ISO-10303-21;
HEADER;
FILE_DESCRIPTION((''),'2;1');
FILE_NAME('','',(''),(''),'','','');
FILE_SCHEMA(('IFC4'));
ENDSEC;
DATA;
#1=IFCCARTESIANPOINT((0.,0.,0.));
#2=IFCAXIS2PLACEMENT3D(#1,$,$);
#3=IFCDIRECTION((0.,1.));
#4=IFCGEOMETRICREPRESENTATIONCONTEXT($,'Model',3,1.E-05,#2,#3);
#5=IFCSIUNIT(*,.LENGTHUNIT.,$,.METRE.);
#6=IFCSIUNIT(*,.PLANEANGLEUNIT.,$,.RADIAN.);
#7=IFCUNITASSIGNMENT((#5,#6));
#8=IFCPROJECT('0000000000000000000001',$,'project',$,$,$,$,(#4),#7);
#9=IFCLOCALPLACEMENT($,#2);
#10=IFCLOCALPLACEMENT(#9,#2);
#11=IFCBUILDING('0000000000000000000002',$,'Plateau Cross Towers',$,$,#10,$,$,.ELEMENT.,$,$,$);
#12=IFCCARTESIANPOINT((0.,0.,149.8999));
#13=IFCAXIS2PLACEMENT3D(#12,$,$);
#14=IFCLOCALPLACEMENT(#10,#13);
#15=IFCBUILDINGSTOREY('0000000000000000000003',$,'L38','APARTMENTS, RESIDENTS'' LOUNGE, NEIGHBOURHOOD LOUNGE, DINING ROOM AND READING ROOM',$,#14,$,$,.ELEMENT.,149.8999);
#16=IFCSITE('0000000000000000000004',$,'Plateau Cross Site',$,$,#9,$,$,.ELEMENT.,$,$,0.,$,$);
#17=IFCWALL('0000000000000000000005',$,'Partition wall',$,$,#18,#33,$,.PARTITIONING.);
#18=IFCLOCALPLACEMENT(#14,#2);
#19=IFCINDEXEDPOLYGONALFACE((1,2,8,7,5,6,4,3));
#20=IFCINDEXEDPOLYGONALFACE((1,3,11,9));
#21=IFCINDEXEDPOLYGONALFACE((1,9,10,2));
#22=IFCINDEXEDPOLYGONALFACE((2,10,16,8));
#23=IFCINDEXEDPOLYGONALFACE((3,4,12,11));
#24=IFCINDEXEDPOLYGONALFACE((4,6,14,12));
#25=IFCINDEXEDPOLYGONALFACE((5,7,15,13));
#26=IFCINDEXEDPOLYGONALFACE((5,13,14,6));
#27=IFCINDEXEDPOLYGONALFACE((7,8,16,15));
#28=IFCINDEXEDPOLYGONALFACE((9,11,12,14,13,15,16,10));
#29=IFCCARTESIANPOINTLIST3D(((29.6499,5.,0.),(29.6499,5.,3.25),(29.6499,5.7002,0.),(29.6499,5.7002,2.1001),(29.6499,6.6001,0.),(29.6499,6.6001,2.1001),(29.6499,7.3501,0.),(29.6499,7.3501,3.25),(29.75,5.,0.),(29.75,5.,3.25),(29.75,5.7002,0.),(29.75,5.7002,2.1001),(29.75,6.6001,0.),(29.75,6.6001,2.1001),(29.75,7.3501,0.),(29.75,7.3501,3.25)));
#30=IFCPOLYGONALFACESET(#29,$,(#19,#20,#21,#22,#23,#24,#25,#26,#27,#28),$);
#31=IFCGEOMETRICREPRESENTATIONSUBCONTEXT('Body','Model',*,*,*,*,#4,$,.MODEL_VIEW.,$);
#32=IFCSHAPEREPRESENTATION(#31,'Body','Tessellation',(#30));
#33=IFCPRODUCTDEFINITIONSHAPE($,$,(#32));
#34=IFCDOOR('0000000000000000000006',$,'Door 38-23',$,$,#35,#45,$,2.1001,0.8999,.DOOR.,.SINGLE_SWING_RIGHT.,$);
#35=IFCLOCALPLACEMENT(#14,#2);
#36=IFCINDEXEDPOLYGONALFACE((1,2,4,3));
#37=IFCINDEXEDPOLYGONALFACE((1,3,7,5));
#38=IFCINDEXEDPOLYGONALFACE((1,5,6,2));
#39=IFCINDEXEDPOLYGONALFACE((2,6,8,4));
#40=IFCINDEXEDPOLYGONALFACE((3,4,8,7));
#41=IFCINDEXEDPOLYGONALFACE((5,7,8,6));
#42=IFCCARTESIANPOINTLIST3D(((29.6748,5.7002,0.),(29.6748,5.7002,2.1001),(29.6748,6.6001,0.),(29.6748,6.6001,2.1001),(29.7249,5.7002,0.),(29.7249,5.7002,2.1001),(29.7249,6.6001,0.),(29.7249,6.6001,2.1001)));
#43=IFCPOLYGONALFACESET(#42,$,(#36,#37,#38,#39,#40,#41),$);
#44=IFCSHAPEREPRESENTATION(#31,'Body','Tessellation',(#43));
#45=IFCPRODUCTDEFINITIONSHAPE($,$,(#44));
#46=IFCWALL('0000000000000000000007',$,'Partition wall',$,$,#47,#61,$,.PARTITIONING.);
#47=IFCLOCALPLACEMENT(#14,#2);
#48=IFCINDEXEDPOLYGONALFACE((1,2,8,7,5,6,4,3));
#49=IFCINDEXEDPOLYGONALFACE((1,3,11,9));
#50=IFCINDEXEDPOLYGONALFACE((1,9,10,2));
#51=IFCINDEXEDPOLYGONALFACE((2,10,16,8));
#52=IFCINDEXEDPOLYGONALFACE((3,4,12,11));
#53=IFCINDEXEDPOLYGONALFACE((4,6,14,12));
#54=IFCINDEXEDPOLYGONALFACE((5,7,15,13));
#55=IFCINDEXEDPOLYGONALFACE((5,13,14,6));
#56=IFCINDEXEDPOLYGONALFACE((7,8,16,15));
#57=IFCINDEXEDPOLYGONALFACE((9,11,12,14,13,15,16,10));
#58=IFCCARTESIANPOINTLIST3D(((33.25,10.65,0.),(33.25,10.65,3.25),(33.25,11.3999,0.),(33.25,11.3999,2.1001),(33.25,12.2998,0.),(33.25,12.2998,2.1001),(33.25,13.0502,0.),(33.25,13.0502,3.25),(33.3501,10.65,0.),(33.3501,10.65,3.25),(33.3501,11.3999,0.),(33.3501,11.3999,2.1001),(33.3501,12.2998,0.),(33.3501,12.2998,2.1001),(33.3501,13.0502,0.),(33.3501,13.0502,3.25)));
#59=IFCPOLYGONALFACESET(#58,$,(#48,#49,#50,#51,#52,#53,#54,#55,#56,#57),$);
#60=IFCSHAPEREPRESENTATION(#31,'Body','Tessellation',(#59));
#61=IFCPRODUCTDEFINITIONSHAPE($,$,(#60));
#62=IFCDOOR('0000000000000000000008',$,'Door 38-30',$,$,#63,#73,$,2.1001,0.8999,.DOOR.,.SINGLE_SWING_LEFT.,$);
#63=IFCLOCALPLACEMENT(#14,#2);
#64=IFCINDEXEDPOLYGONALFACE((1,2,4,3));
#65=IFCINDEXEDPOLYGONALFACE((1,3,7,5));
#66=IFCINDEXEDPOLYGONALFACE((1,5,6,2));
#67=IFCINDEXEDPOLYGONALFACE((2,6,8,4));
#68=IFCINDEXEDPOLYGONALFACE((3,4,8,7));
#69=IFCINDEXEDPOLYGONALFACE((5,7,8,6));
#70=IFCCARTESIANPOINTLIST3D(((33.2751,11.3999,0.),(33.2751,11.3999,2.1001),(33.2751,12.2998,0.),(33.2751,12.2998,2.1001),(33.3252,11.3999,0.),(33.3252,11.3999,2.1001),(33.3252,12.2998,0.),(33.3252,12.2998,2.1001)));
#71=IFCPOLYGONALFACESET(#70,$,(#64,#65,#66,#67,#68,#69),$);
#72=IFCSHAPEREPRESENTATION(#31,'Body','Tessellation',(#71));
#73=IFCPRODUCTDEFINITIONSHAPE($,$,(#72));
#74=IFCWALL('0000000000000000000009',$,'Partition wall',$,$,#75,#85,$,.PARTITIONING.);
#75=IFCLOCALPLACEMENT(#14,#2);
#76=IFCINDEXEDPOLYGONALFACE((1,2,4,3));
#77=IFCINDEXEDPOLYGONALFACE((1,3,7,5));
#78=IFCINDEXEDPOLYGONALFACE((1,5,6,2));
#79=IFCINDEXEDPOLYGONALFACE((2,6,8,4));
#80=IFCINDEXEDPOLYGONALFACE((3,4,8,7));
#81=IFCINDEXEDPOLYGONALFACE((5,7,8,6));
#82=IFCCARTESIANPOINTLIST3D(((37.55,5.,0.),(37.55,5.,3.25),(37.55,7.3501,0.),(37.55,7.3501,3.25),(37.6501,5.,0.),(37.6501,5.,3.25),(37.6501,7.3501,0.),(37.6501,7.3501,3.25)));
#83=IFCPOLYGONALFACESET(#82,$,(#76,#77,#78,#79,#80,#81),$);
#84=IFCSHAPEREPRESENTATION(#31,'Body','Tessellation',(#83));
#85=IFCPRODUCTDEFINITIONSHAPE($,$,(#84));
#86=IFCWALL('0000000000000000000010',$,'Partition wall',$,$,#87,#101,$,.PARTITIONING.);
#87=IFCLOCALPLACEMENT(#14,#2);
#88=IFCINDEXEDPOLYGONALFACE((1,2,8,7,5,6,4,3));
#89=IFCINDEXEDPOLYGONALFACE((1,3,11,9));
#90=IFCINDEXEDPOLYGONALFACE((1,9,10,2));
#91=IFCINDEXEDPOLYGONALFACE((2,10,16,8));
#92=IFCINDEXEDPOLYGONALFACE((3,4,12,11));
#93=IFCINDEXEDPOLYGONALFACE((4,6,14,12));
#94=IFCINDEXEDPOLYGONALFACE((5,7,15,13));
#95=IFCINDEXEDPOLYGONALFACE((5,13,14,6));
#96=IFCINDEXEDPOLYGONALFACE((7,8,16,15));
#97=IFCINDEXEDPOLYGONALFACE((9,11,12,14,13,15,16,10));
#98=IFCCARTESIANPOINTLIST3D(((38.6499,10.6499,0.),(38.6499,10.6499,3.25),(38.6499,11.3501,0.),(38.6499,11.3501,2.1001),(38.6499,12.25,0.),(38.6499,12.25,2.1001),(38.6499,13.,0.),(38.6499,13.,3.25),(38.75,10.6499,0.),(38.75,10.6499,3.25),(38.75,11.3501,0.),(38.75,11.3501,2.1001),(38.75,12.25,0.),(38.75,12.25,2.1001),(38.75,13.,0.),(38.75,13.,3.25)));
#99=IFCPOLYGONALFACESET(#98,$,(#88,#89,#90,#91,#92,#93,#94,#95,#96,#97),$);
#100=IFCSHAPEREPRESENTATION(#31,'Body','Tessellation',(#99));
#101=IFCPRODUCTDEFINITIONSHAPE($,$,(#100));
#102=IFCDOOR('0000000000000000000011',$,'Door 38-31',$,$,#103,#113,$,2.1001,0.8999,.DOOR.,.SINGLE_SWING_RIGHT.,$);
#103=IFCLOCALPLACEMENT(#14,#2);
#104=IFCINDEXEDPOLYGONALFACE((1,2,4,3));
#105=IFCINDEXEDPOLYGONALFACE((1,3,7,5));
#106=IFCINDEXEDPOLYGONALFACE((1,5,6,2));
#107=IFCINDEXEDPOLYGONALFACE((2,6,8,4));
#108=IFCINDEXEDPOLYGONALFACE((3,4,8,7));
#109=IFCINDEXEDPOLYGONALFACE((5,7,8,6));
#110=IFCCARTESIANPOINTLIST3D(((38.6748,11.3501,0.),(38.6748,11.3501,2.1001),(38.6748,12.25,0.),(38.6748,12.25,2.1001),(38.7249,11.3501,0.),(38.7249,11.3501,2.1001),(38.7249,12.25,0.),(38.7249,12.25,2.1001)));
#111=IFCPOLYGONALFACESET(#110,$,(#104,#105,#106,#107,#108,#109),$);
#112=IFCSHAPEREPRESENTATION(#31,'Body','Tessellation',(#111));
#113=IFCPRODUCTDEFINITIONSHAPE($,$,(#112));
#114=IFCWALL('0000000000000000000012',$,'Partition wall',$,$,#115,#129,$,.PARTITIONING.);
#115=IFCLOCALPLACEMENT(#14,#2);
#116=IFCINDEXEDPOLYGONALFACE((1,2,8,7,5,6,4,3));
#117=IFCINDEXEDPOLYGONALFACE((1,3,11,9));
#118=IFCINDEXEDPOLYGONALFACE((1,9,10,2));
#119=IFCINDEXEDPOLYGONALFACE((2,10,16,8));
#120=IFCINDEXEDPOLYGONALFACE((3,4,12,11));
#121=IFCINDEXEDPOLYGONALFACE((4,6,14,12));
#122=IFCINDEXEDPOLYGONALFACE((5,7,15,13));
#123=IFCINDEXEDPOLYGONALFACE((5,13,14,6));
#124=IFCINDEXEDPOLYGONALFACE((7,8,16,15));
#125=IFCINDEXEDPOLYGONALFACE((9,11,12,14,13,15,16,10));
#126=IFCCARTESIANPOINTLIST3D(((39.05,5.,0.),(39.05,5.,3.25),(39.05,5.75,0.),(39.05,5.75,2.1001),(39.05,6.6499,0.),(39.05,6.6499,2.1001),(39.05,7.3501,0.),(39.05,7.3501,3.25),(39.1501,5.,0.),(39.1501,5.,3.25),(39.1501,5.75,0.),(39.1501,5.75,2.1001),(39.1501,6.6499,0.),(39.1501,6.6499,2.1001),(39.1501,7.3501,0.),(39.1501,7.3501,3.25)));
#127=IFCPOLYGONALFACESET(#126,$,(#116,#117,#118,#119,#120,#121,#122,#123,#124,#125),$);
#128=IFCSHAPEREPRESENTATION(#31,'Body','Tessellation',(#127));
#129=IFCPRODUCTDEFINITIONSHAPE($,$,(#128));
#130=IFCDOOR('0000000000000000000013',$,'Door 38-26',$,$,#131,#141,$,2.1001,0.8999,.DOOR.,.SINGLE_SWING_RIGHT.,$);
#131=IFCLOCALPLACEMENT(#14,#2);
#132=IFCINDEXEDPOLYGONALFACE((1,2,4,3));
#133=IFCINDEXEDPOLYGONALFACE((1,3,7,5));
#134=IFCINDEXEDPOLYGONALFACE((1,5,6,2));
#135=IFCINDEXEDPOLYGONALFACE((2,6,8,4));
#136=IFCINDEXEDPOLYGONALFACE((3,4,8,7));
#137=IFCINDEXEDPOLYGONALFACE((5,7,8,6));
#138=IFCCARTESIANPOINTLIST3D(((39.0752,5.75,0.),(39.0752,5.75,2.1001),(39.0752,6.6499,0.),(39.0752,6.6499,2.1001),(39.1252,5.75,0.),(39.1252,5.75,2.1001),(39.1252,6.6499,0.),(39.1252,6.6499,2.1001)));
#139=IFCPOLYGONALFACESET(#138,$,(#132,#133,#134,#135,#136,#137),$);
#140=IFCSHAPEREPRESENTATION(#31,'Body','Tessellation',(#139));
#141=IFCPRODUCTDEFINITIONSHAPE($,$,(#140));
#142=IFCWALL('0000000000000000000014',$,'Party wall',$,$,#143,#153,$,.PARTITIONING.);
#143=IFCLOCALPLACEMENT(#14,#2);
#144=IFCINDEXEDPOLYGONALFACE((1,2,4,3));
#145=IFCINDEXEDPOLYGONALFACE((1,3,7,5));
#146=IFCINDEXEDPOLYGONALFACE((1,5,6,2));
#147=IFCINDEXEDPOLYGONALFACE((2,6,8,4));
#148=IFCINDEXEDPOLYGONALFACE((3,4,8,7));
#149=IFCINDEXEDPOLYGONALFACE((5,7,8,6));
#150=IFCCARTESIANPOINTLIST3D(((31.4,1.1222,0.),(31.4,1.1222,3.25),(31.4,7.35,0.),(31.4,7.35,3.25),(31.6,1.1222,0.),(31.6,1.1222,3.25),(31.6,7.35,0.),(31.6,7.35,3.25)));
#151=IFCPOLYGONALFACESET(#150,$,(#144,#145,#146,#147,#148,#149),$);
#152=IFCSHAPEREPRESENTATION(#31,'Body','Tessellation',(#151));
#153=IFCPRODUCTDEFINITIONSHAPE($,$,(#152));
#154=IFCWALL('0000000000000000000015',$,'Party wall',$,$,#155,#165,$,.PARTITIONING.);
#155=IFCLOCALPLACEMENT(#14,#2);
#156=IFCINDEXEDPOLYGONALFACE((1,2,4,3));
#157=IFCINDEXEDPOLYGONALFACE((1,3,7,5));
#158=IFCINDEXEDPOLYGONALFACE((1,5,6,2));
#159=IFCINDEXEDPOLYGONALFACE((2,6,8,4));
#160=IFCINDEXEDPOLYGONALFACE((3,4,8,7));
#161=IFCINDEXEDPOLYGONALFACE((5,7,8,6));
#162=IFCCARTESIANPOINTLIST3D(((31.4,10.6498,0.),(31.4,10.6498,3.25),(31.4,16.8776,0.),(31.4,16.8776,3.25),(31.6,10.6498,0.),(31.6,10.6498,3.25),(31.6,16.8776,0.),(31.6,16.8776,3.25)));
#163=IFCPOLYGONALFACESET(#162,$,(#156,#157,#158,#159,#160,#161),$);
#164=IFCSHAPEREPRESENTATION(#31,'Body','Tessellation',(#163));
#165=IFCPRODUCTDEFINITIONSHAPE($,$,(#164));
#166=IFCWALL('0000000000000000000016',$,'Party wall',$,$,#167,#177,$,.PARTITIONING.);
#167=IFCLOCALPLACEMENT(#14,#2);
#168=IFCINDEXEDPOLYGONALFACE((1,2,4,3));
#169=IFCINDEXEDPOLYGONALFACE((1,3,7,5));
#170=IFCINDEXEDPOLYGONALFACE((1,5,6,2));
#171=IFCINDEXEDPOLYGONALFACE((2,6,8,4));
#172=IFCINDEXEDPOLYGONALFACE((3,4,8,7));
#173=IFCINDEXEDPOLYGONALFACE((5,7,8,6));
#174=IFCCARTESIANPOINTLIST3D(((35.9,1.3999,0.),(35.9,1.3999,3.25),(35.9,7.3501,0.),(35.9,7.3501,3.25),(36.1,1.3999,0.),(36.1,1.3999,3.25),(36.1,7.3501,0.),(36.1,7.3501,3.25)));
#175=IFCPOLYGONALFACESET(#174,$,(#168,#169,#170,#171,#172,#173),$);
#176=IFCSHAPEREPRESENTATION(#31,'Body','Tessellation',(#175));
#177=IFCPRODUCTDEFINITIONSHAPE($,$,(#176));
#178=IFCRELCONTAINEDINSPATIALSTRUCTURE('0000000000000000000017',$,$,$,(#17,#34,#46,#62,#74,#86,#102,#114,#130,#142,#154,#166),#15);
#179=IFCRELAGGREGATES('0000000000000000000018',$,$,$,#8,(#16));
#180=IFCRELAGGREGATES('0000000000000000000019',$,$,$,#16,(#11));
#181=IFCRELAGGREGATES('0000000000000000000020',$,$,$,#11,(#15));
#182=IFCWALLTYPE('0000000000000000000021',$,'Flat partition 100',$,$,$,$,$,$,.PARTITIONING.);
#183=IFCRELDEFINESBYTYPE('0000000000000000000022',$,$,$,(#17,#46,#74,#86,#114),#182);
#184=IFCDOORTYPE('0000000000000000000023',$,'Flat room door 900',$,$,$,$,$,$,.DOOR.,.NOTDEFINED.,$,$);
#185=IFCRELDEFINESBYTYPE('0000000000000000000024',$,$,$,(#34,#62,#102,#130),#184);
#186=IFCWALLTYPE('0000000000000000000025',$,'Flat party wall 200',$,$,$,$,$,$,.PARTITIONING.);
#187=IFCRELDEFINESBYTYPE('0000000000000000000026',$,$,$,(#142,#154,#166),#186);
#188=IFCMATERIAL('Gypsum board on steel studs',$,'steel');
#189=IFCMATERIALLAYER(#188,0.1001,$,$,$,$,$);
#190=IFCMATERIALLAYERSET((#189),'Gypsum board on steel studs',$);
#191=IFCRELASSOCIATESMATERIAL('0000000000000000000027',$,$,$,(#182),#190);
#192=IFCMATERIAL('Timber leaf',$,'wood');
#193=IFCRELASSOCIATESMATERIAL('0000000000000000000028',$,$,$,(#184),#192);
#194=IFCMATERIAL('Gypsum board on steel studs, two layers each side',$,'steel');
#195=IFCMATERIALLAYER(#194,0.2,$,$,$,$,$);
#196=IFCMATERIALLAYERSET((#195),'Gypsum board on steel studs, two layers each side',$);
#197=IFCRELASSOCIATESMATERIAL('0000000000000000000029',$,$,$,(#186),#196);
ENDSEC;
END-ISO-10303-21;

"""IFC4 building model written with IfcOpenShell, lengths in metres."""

from ifc_helpers import new_model, si_unit, direction, frame, frame_2d, origin, place, context, subcontext, project, spatial, rectangle, extrude, material, layer, layer_set, type_object, element, fill, save


model = new_model("IFC4")

# Units and contexts
model_context = context("Model", 3, precision=1e-05, world=origin(), true_north=direction((0.0, 1.0)))
body_context = subcontext(model_context, "Body", "Model", "MODEL_VIEW")
ifc_project = project(units=[si_unit("LENGTHUNIT", "METRE"), si_unit("PLANEANGLEUNIT", "RADIAN")], contexts=[model_context])

# Site, building, storey
site_placement = place(None, origin())
site = spatial("IfcSite", under=ifc_project, at=site_placement, Name="Plateau Cross Site", CompositionType="ELEMENT", RefElevation=0.0)
building_placement = place(site_placement, origin())
building = spatial("IfcBuilding", under=site, at=building_placement, Name="Plateau Cross Towers", CompositionType="ELEMENT")
storey_placement = place(building_placement, frame((0.0, 0.0, 149.8999)))
storey = spatial("IfcBuildingStorey", under=building, at=storey_placement, Name="L38", Description="APARTMENTS, RESIDENTS' LOUNGE, NEIGHBOURHOOD LOUNGE, DINING ROOM AND READING ROOM", CompositionType="ELEMENT", Elevation=149.8999)

# Shared definitions
ifc_material_1 = material(Name="Gypsum board on steel studs", Category="steel")
ifc_layer_1 = layer(ifc_material_1, 0.1001)
ifc_layer_set_1 = layer_set([ifc_layer_1], Name="Gypsum board on steel studs")
wall_type_1 = type_object("IfcWallType", Name="Flat partition 100", PredefinedType="PARTITIONING", material=ifc_layer_set_1)

# Shared definitions
ifc_material_2 = material(Name="Timber leaf", Category="wood")
door_type_1 = type_object("IfcDoorType", Name="Flat room door 900", OperationType="NOTDEFINED", PredefinedType="DOOR", material=ifc_material_2)

# Walls, openings, doors
wall_1_placement = place(storey_placement, frame((29.7, 7.3501, 0.0), z_axis=(0.0, 0.0, 1.0), x_axis=(0.0, -1.0, 0.0)))
wall_1 = element("IfcWall", 1, at=wall_1_placement, inside=storey, type_object=wall_type_1, Name="Partition wall", PredefinedType="PARTITIONING", context=body_context, shape_type="SweptSolid", body=[
    extrude(rectangle(XDim=2.3501, YDim=0.1001, at=frame_2d((1.175, 0.0))), origin(), (0.0, 0.0, 1.0), 3.25),
])
opening_1_placement = place(wall_1_placement, frame((0.75, 0.0, 0.0)))
opening_1 = element("IfcOpeningElement", 2, at=opening_1_placement, cuts=wall_1, PredefinedType="OPENING", context=body_context, shape_type="SweptSolid", body=[
    extrude(rectangle(XDim=0.8999, YDim=2.1001, at=frame_2d((0.45, 1.05))), frame((0.0, 0.0601, 0.0), z_axis=(0.0, -1.0, 0.0), x_axis=(1.0, 0.0, 0.0)), (0.0, 0.0, 1.0), 0.1201),
])
door_1_placement = place(opening_1_placement, origin())
door_1 = element("IfcDoor", 3, at=door_1_placement, inside=storey, type_object=door_type_1, Name="Door 38-23", OperationType="SINGLE_SWING_RIGHT", OverallHeight=2.1001, OverallWidth=0.8999, PredefinedType="DOOR", context=body_context, shape_type="SweptSolid", body=[
    extrude(rectangle(XDim=0.8999, YDim=2.1001, at=frame_2d((0.45, 1.05))), frame((0.0, 0.0249, 0.0), z_axis=(0.0, -1.0, 0.0), x_axis=(1.0, 0.0, 0.0)), (0.0, 0.0, 1.0), 0.05),
])
fill(opening_1, door_1)
wall_2_placement = place(storey_placement, frame((33.3, 10.6499, 0.0), z_axis=(0.0, 0.0, 1.0), x_axis=(0.0, 1.0, 0.0)))
wall_2 = element("IfcWall", 4, at=wall_2_placement, inside=storey, type_object=wall_type_1, Name="Partition wall", PredefinedType="PARTITIONING", context=body_context, shape_type="SweptSolid", body=[
    extrude(rectangle(XDim=2.4001, YDim=0.1001, at=frame_2d((1.2002, 0.0))), origin(), (0.0, 0.0, 1.0), 3.25),
])
opening_2_placement = place(wall_2_placement, frame((0.75, 0.0, 0.0)))
opening_2 = element("IfcOpeningElement", 5, at=opening_2_placement, cuts=wall_2, PredefinedType="OPENING", context=body_context, shape_type="SweptSolid", body=[
    extrude(rectangle(XDim=0.8999, YDim=2.1001, at=frame_2d((0.45, 1.05))), frame((0.0, 0.0601, 0.0), z_axis=(0.0, -1.0, 0.0), x_axis=(1.0, 0.0, 0.0)), (0.0, 0.0, 1.0), 0.1201),
])
door_2_placement = place(opening_2_placement, origin())
door_2 = element("IfcDoor", 6, at=door_2_placement, inside=storey, type_object=door_type_1, Name="Door 38-30", OperationType="SINGLE_SWING_LEFT", OverallHeight=2.1001, OverallWidth=0.8999, PredefinedType="DOOR", context=body_context, shape_type="SweptSolid", body=[
    extrude(rectangle(XDim=0.8999, YDim=2.1001, at=frame_2d((0.45, 1.05))), frame((0.0, 0.0249, 0.0), z_axis=(0.0, -1.0, 0.0), x_axis=(1.0, 0.0, 0.0)), (0.0, 0.0, 1.0), 0.05),
])
fill(opening_2, door_2)

# Wall
wall_3_placement = place(storey_placement, frame((37.6001, 5.0, 0.0), z_axis=(0.0, 0.0, 1.0), x_axis=(0.0, 1.0, 0.0)))
element("IfcWall", 7, at=wall_3_placement, inside=storey, type_object=wall_type_1, Name="Partition wall", PredefinedType="PARTITIONING", context=body_context, shape_type="SweptSolid", body=[
    extrude(rectangle(XDim=2.3501, YDim=0.1001, at=frame_2d((1.175, 0.0))), origin(), (0.0, 0.0, 1.0), 3.25),
])

# Walls, openings, doors
wall_4_placement = place(storey_placement, frame((38.7, 13.0, 0.0), z_axis=(0.0, 0.0, 1.0), x_axis=(0.0, -1.0, 0.0)))
wall_4 = element("IfcWall", 8, at=wall_4_placement, inside=storey, type_object=wall_type_1, Name="Partition wall", PredefinedType="PARTITIONING", context=body_context, shape_type="SweptSolid", body=[
    extrude(rectangle(XDim=2.3501, YDim=0.1001, at=frame_2d((1.175, 0.0))), origin(), (0.0, 0.0, 1.0), 3.25),
])
opening_3_placement = place(wall_4_placement, frame((0.75, 0.0, 0.0)))
opening_3 = element("IfcOpeningElement", 9, at=opening_3_placement, cuts=wall_4, PredefinedType="OPENING", context=body_context, shape_type="SweptSolid", body=[
    extrude(rectangle(XDim=0.8999, YDim=2.1001, at=frame_2d((0.45, 1.05))), frame((0.0, 0.0601, 0.0), z_axis=(0.0, -1.0, 0.0), x_axis=(1.0, 0.0, 0.0)), (0.0, 0.0, 1.0), 0.1201),
])
door_3_placement = place(opening_3_placement, origin())
door_3 = element("IfcDoor", 10, at=door_3_placement, inside=storey, type_object=door_type_1, Name="Door 38-31", OperationType="SINGLE_SWING_RIGHT", OverallHeight=2.1001, OverallWidth=0.8999, PredefinedType="DOOR", context=body_context, shape_type="SweptSolid", body=[
    extrude(rectangle(XDim=0.8999, YDim=2.1001, at=frame_2d((0.45, 1.05))), frame((0.0, 0.0249, 0.0), z_axis=(0.0, -1.0, 0.0), x_axis=(1.0, 0.0, 0.0)), (0.0, 0.0, 1.0), 0.05),
])
fill(opening_3, door_3)
wall_5_placement = place(storey_placement, frame((39.1001, 5.0, 0.0), z_axis=(0.0, 0.0, 1.0), x_axis=(0.0, 1.0, 0.0)))
wall_5 = element("IfcWall", 11, at=wall_5_placement, inside=storey, type_object=wall_type_1, Name="Partition wall", PredefinedType="PARTITIONING", context=body_context, shape_type="SweptSolid", body=[
    extrude(rectangle(XDim=2.3501, YDim=0.1001, at=frame_2d((1.175, 0.0))), origin(), (0.0, 0.0, 1.0), 3.25),
])
opening_4_placement = place(wall_5_placement, frame((0.75, 0.0, 0.0)))
opening_4 = element("IfcOpeningElement", 12, at=opening_4_placement, cuts=wall_5, PredefinedType="OPENING", context=body_context, shape_type="SweptSolid", body=[
    extrude(rectangle(XDim=0.8999, YDim=2.1001, at=frame_2d((0.45, 1.05))), frame((0.0, 0.0601, 0.0), z_axis=(0.0, -1.0, 0.0), x_axis=(1.0, 0.0, 0.0)), (0.0, 0.0, 1.0), 0.1201),
])
door_4_placement = place(opening_4_placement, origin())
door_4 = element("IfcDoor", 13, at=door_4_placement, inside=storey, type_object=door_type_1, Name="Door 38-26", OperationType="SINGLE_SWING_RIGHT", OverallHeight=2.1001, OverallWidth=0.8999, PredefinedType="DOOR", context=body_context, shape_type="SweptSolid", body=[
    extrude(rectangle(XDim=0.8999, YDim=2.1001, at=frame_2d((0.45, 1.05))), frame((0.0, 0.0249, 0.0), z_axis=(0.0, -1.0, 0.0), x_axis=(1.0, 0.0, 0.0)), (0.0, 0.0, 1.0), 0.05),
])
fill(opening_4, door_4)

# Walls
ifc_material_3 = material(Name="Gypsum board on steel studs, two layers each side", Category="steel")
ifc_layer_2 = layer(ifc_material_3, 0.2)
ifc_layer_set_2 = layer_set([ifc_layer_2], Name="Gypsum board on steel studs, two layers each side")
wall_type_2 = type_object("IfcWallType", Name="Flat party wall 200", PredefinedType="PARTITIONING", material=ifc_layer_set_2)
for number, where, z_axis, x_axis, name in (
    (14, (31.5, 1.1223, 0.0), (0.0, 0.0, 1.0), (0.0, 1.0, 0.0), "Party wall"),
    (15, (31.5, 10.6499, 0.0), (0.0, 0.0, 1.0), (0.0, 1.0, 0.0), "Party wall"),
):
    element("IfcWall", number, at=place(storey_placement, frame(where, z_axis=z_axis, x_axis=x_axis)), inside=storey, type_object=wall_type_2, Name=name, PredefinedType="PARTITIONING", context=body_context, shape_type="SweptSolid", body=[
        extrude(rectangle(XDim=6.2278, YDim=0.2, at=frame_2d((3.1138, 0.0))), origin(), (0.0, 0.0, 1.0), 3.25),
    ])
wall_6_placement = place(storey_placement, frame((36.0, 1.3999, 0.0), z_axis=(0.0, 0.0, 1.0), x_axis=(0.0, 1.0, 0.0)))
element("IfcWall", 16, at=wall_6_placement, inside=storey, type_object=wall_type_2, Name="Party wall", PredefinedType="PARTITIONING", context=body_context, shape_type="SweptSolid", body=[
    extrude(rectangle(XDim=5.9502, YDim=0.2, at=frame_2d((2.9751, 0.0))), origin(), (0.0, 0.0, 1.0), 3.25),
])

save(model, "model.ifc")
